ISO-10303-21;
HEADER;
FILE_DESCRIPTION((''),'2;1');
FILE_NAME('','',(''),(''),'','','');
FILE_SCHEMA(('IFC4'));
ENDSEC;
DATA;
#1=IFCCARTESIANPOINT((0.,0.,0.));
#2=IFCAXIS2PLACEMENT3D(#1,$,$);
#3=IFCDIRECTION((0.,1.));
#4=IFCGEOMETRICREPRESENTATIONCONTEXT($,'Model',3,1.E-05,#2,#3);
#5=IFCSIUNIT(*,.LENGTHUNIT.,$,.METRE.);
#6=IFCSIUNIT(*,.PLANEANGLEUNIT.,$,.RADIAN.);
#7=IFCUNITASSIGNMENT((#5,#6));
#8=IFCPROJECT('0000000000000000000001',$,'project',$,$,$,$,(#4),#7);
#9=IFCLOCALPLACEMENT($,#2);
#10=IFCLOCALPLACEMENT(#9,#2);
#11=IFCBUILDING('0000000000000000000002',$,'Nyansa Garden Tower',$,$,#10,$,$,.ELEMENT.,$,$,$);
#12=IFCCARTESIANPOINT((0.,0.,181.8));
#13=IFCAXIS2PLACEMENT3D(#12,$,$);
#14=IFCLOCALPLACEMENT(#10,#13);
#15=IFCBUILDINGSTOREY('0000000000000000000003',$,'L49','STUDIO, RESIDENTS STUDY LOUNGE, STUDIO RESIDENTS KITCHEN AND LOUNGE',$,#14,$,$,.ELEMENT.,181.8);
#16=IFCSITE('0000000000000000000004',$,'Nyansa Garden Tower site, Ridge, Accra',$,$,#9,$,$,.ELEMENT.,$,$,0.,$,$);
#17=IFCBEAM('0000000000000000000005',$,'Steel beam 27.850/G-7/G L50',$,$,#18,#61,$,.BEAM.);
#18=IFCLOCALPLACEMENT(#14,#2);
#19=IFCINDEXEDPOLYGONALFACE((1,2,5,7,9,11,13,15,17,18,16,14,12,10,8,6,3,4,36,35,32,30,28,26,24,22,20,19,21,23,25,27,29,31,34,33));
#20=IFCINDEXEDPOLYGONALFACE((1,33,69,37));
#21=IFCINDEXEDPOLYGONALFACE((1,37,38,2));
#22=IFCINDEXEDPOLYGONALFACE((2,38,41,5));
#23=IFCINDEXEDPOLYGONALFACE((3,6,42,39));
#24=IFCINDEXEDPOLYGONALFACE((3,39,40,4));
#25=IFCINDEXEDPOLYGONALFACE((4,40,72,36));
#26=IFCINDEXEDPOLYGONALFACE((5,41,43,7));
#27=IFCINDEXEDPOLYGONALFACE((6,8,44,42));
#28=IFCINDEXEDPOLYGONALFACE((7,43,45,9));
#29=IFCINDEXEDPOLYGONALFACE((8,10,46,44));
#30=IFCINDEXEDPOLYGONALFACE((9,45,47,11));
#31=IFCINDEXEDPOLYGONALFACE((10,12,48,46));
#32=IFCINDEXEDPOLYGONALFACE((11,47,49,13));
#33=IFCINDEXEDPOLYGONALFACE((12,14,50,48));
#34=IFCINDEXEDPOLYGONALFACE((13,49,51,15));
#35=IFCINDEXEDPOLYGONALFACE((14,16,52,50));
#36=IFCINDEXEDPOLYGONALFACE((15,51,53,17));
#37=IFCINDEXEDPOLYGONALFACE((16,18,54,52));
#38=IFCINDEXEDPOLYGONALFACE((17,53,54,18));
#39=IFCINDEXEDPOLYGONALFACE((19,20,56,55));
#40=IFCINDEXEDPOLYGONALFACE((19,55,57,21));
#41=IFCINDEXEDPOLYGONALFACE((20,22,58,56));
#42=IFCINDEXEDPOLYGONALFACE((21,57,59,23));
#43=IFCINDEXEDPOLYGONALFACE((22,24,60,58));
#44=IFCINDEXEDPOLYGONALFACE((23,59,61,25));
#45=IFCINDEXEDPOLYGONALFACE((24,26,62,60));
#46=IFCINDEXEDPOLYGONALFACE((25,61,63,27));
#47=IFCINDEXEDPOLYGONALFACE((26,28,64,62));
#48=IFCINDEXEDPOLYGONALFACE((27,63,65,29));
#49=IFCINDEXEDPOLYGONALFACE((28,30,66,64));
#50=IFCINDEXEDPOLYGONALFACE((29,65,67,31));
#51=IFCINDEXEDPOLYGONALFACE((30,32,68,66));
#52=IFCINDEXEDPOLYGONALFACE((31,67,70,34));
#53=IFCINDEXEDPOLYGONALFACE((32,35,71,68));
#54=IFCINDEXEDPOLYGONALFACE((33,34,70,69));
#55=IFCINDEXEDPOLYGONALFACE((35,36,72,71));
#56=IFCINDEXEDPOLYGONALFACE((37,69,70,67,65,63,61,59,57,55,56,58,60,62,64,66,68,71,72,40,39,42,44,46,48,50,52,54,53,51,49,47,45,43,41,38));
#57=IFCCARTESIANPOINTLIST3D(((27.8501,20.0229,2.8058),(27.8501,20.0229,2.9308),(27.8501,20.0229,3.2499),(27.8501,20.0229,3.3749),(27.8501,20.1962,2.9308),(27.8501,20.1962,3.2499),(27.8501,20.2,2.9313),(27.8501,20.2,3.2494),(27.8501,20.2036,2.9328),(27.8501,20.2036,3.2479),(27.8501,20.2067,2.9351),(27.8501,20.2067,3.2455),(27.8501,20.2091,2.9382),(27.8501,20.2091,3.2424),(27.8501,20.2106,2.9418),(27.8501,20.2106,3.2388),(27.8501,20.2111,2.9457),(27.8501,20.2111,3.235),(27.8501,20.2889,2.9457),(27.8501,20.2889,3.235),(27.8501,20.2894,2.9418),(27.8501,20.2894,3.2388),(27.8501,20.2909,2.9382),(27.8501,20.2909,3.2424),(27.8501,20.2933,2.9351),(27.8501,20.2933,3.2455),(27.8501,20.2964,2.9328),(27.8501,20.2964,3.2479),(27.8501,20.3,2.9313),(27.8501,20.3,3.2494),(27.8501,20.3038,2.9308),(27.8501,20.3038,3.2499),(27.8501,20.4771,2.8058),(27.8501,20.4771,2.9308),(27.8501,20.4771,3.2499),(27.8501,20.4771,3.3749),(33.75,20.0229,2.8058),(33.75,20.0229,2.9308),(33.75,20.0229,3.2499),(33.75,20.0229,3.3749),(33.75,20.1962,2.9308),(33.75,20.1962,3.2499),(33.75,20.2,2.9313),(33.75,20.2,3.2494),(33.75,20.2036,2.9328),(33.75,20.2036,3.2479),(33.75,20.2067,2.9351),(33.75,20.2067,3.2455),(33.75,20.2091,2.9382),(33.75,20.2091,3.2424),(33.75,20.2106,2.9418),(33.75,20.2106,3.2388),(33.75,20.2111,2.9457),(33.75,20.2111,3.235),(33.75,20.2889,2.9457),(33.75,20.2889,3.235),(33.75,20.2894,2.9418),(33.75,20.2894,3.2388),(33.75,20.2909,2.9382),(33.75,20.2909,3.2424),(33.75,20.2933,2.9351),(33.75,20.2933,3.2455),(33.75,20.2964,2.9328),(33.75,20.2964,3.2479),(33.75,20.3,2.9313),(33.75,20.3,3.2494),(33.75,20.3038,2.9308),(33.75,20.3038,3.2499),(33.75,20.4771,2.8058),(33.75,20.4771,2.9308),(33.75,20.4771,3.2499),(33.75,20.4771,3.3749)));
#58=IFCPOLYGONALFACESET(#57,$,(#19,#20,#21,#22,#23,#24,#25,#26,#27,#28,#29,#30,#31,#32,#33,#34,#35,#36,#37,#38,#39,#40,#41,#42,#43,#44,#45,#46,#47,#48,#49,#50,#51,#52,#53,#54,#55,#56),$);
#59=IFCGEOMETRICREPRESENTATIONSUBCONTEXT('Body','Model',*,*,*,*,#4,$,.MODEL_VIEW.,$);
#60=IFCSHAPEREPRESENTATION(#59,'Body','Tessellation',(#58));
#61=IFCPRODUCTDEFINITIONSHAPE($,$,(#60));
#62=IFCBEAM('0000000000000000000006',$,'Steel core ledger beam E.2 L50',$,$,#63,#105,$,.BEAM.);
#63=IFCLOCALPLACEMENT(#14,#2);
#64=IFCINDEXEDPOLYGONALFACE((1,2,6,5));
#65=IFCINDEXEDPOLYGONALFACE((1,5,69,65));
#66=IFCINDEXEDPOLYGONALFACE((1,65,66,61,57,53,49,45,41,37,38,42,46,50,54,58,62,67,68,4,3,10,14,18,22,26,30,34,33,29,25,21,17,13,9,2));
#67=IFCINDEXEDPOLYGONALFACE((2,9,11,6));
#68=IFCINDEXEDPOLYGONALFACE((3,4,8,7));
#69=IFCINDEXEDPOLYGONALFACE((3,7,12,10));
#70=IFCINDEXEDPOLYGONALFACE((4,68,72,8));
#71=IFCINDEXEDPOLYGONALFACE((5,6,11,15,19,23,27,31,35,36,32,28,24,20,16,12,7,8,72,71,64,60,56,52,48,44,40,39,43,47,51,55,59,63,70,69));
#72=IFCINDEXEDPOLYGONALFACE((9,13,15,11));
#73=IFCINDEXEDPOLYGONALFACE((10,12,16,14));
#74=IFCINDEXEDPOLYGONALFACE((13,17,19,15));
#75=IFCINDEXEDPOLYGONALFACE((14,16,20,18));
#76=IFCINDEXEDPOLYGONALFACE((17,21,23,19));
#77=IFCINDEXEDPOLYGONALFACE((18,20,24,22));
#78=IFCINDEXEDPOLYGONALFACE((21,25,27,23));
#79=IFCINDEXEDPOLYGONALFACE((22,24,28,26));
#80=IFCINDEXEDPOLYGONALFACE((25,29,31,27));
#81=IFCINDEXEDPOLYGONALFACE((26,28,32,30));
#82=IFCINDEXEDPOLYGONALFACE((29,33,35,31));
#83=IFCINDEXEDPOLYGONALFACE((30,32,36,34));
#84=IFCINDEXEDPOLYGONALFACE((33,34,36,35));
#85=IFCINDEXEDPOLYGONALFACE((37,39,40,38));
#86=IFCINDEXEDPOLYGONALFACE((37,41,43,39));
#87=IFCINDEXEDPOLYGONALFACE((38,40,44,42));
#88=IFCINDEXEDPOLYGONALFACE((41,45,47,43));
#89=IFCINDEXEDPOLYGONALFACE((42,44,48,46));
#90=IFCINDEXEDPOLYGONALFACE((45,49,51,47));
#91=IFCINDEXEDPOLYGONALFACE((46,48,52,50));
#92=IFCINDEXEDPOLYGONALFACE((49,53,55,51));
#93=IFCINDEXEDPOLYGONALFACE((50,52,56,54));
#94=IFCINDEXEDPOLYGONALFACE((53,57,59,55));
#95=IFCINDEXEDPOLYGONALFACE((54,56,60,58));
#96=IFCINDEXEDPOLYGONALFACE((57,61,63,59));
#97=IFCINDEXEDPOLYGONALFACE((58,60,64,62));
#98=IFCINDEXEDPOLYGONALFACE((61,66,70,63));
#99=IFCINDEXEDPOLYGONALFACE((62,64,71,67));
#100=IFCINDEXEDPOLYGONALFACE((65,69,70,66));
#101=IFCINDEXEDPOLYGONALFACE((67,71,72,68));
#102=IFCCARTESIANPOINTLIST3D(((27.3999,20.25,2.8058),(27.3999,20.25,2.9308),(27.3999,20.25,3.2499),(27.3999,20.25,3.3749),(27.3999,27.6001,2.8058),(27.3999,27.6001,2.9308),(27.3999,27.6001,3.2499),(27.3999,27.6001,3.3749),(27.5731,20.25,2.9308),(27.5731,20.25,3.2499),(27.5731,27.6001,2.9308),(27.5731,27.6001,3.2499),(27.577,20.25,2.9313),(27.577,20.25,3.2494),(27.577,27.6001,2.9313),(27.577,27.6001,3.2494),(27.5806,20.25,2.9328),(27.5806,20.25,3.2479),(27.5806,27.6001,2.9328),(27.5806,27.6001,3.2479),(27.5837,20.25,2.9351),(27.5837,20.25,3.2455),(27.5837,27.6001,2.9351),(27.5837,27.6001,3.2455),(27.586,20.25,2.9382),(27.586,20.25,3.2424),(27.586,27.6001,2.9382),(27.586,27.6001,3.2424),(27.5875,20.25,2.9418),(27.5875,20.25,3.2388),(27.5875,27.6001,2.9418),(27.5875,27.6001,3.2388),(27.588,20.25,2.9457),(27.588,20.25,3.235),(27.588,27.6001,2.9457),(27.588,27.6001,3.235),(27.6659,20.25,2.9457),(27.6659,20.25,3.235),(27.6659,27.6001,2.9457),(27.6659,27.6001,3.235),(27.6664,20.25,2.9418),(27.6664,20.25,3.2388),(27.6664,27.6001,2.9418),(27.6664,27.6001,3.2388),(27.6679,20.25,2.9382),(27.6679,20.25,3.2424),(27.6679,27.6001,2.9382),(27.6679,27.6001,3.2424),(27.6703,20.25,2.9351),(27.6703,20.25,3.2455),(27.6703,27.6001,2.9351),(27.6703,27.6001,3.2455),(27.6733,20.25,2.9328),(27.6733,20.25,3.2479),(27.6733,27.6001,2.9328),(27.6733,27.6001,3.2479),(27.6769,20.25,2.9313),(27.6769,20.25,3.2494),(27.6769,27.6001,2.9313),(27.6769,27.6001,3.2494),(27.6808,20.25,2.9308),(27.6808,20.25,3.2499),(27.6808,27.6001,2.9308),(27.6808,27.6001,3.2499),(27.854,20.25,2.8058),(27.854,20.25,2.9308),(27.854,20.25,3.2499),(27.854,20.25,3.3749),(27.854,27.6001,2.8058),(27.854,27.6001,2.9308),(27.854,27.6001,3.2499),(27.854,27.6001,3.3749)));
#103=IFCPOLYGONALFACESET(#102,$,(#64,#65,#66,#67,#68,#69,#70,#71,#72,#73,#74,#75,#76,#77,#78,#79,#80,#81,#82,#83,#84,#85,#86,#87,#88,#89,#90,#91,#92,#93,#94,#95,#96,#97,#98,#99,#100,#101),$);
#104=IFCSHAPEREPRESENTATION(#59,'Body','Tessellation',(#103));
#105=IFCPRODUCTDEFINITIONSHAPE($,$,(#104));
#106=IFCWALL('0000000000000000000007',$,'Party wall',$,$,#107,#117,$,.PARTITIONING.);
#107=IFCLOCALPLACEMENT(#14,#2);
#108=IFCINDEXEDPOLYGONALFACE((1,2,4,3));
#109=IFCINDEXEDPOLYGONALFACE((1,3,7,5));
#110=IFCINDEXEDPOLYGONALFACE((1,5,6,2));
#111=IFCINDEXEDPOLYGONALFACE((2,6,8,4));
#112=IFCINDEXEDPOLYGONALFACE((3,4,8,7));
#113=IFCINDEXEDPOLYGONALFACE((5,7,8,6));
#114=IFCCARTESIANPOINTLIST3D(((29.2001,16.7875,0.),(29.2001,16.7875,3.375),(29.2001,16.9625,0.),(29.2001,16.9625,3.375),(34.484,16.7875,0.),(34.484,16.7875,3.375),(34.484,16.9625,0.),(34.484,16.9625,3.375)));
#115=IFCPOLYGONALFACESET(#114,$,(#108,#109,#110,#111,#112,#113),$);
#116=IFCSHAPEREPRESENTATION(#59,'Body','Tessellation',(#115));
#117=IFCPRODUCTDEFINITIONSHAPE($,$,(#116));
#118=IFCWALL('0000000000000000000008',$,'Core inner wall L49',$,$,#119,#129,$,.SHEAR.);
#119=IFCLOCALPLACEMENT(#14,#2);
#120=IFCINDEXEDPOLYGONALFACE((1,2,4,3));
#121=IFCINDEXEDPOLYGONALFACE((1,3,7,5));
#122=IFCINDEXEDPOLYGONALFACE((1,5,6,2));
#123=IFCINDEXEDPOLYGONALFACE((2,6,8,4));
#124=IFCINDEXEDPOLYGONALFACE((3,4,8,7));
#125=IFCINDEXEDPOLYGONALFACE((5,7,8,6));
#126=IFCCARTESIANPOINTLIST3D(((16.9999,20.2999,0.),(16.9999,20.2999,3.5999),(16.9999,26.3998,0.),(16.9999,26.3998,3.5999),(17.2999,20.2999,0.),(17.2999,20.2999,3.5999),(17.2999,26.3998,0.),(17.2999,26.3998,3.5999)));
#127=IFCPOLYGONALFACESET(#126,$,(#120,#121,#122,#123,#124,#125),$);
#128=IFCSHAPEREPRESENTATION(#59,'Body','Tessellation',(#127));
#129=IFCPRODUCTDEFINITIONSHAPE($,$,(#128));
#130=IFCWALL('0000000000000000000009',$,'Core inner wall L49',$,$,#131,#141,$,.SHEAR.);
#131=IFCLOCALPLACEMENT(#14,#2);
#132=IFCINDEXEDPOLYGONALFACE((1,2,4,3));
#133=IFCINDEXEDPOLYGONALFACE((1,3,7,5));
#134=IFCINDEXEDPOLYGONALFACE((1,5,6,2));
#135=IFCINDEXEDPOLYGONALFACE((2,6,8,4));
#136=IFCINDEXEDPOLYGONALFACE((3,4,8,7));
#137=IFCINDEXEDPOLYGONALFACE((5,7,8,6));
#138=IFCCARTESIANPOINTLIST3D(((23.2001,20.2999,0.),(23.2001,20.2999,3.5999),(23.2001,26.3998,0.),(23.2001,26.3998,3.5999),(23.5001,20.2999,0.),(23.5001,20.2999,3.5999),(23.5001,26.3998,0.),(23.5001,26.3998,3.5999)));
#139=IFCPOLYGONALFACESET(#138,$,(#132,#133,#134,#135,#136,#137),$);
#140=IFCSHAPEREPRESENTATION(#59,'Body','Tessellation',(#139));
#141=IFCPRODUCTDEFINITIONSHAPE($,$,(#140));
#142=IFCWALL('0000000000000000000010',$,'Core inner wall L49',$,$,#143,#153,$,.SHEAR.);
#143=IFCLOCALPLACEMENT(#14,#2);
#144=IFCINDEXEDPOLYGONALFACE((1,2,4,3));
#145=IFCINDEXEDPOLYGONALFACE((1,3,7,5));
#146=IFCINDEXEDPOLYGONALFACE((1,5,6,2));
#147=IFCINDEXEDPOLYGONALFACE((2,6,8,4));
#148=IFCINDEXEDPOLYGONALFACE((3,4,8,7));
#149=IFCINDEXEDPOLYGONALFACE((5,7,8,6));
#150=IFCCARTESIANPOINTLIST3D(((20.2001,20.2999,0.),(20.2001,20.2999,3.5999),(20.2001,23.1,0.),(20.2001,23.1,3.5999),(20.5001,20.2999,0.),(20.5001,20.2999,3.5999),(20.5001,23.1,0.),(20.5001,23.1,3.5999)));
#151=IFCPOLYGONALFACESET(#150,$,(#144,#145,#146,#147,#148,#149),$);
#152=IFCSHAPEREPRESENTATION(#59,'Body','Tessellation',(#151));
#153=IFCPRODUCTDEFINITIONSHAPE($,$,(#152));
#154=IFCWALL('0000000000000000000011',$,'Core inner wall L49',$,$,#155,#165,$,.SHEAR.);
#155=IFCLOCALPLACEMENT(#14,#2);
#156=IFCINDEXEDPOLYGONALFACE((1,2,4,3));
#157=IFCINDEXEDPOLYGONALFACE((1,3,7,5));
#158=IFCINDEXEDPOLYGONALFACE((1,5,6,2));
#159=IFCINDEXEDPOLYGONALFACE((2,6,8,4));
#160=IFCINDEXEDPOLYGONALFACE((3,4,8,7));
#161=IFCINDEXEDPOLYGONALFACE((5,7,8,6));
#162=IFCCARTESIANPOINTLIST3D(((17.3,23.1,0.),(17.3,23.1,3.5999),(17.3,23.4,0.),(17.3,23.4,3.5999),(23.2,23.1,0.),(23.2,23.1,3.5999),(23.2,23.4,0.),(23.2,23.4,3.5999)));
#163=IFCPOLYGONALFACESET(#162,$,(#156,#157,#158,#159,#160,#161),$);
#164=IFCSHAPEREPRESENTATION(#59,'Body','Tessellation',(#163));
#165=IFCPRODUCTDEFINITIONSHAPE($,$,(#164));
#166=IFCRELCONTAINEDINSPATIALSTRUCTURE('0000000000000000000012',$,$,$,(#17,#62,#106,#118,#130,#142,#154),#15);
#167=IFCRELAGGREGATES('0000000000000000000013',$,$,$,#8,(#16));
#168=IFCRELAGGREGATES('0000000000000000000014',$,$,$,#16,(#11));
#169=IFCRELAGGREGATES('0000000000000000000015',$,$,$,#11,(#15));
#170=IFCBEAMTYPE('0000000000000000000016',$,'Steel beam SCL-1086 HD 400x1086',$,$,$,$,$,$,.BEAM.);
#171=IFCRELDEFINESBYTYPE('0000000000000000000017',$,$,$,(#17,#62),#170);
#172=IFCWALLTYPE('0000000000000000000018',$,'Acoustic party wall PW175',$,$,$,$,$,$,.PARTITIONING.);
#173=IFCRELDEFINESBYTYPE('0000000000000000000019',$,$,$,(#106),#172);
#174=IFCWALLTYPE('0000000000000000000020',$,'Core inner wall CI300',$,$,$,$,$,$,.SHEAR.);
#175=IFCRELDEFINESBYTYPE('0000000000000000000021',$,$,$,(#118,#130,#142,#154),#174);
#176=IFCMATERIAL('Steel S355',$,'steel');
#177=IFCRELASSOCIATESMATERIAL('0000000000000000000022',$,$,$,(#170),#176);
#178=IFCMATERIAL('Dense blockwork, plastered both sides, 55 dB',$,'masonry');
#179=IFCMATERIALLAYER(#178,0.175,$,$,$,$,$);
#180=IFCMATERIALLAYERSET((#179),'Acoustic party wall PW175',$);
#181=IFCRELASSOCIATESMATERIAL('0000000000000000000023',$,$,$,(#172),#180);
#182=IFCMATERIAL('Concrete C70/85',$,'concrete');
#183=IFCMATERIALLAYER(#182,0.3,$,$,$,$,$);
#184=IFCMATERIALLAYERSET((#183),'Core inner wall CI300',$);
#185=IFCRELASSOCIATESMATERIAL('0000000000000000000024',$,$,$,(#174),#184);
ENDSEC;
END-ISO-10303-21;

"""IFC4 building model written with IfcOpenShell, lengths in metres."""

from ifc_helpers import new_model, si_unit, direction, frame, frame_2d, origin, origin_2d, place, context, subcontext, project, spatial, rectangle, i_section, extrude, material, layer, layer_set, material_profile, profile_set, type_object, element, save


model = new_model("IFC4")

# Units and contexts
model_context = context("Model", 3, precision=1e-05, world=origin(), true_north=direction((0.0, 1.0)))
body_context = subcontext(model_context, "Body", "Model", "MODEL_VIEW")
ifc_project = project(units=[si_unit("LENGTHUNIT", "METRE"), si_unit("PLANEANGLEUNIT", "RADIAN")], contexts=[model_context])

# Site, building, storey
site_placement = place(None, origin())
site = spatial("IfcSite", under=ifc_project, at=site_placement, Name="Nyansa Garden Tower site, Ridge, Accra", CompositionType="ELEMENT", RefElevation=0.0)
building_placement = place(site_placement, origin())
building = spatial("IfcBuilding", under=site, at=building_placement, Name="Nyansa Garden Tower", CompositionType="ELEMENT")
storey_placement = place(building_placement, frame((0.0, 0.0, 181.8)))
storey = spatial("IfcBuildingStorey", under=building, at=storey_placement, Name="L49", Description="STUDIO, RESIDENTS STUDY LOUNGE, STUDIO RESIDENTS KITCHEN AND LOUNGE", CompositionType="ELEMENT", Elevation=181.8)

# Beams
ifc_material_1 = material(Name="Steel S355", Category="steel")
ifc_material_profile_1 = material_profile(ifc_material_1, i_section(OverallWidth=0.4541, OverallDepth=0.5691, WebThickness=0.0779, FlangeThickness=0.125, FilletRadius=0.0149, at=origin_2d()), Name="HD 400x1086")
ifc_profile_set_1 = profile_set([ifc_material_profile_1], Name="Steel S355")
beam_type = type_object("IfcBeamType", Name="Steel beam SCL-1086 HD 400x1086", PredefinedType="BEAM", material=ifc_profile_set_1)
beam_1_placement = place(storey_placement, frame((27.8501, 20.25, 3.0903), z_axis=(1.0, 0.0, 0.0), x_axis=(0.0, 1.0, 0.0)))
element("IfcBeam", 1, at=beam_1_placement, inside=storey, type_object=beam_type, Name="Steel beam 27.850/G-7/G L50", PredefinedType="BEAM", context=body_context, shape_type="SweptSolid", body=[
    extrude(i_section(OverallWidth=0.4541, OverallDepth=0.5691, WebThickness=0.0779, FlangeThickness=0.125, FilletRadius=0.0149, at=origin_2d()), origin(), (0.0, 0.0, 1.0), 5.8999),
])
beam_2_placement = place(storey_placement, frame((27.627, 20.25, 3.0903), z_axis=(0.0, 1.0, 0.0), x_axis=(-1.0, 0.0, 0.0)))
element("IfcBeam", 2, at=beam_2_placement, inside=storey, type_object=beam_type, Name="Steel core ledger beam E.2 L50", PredefinedType="BEAM", context=body_context, shape_type="SweptSolid", body=[
    extrude(i_section(OverallWidth=0.4541, OverallDepth=0.5691, WebThickness=0.0779, FlangeThickness=0.125, FilletRadius=0.0149, at=origin_2d()), origin(), (0.0, 0.0, 1.0), 7.3501),
])

# Walls
ifc_material_2 = material(Name="Dense blockwork, plastered both sides, 55 dB", Category="masonry")
ifc_layer_1 = layer(ifc_material_2, 0.175)
ifc_layer_set_1 = layer_set([ifc_layer_1], Name="Acoustic party wall PW175")
wall_type_1 = type_object("IfcWallType", Name="Acoustic party wall PW175", PredefinedType="PARTITIONING", material=ifc_layer_set_1)
wall_1_placement = place(storey_placement, frame((29.2, 16.875, 0.0), z_axis=(0.0, 0.0, 1.0), x_axis=(1.0, 0.0, 0.0)))
element("IfcWall", 3, at=wall_1_placement, inside=storey, type_object=wall_type_1, Name="Party wall", PredefinedType="PARTITIONING", context=body_context, shape_type="SweptSolid", body=[
    extrude(rectangle(XDim=5.2839, YDim=0.175, at=frame_2d((2.6421, 0.0))), origin(), (0.0, 0.0, 1.0), 3.375),
])
ifc_material_3 = material(Name="Concrete C70/85", Category="concrete")
ifc_layer_2 = layer(ifc_material_3, 0.3)
ifc_layer_set_2 = layer_set([ifc_layer_2], Name="Core inner wall CI300")
wall_type_2 = type_object("IfcWallType", Name="Core inner wall CI300", PredefinedType="SHEAR", material=ifc_layer_set_2)
for number, where, z_axis, x_axis, name in (
    (4, (17.1499, 20.3, 0.0), (0.0, 0.0, 1.0), (0.0, 1.0, 0.0), "Core inner wall L49"),
    (5, (23.3501, 20.3, 0.0), (0.0, 0.0, 1.0), (0.0, 1.0, 0.0), "Core inner wall L49"),
):
    element("IfcWall", number, at=place(storey_placement, frame(where, z_axis=z_axis, x_axis=x_axis)), inside=storey, type_object=wall_type_2, Name=name, PredefinedType="SHEAR", context=body_context, shape_type="SweptSolid", body=[
        extrude(rectangle(XDim=6.0999, YDim=0.3, at=frame_2d((3.0498, 0.0))), origin(), (0.0, 0.0, 1.0), 3.5999),
    ])
wall_2_placement = place(storey_placement, frame((20.3501, 20.3, 0.0), z_axis=(0.0, 0.0, 1.0), x_axis=(0.0, 1.0, 0.0)))
element("IfcWall", 6, at=wall_2_placement, inside=storey, type_object=wall_type_2, Name="Core inner wall L49", PredefinedType="SHEAR", context=body_context, shape_type="SweptSolid", body=[
    extrude(rectangle(XDim=2.8, YDim=0.3, at=frame_2d((1.3999, 0.0))), origin(), (0.0, 0.0, 1.0), 3.5999),
])
wall_3_placement = place(storey_placement, frame((17.3, 23.25, 0.0), z_axis=(0.0, 0.0, 1.0), x_axis=(1.0, 0.0, 0.0)))
element("IfcWall", 7, at=wall_3_placement, inside=storey, type_object=wall_type_2, Name="Core inner wall L49", PredefinedType="SHEAR", context=body_context, shape_type="SweptSolid", body=[
    extrude(rectangle(XDim=5.8999, YDim=0.3, at=frame_2d((2.95, 0.0))), origin(), (0.0, 0.0, 1.0), 3.5999),
])

save(model, "model.ifc")
